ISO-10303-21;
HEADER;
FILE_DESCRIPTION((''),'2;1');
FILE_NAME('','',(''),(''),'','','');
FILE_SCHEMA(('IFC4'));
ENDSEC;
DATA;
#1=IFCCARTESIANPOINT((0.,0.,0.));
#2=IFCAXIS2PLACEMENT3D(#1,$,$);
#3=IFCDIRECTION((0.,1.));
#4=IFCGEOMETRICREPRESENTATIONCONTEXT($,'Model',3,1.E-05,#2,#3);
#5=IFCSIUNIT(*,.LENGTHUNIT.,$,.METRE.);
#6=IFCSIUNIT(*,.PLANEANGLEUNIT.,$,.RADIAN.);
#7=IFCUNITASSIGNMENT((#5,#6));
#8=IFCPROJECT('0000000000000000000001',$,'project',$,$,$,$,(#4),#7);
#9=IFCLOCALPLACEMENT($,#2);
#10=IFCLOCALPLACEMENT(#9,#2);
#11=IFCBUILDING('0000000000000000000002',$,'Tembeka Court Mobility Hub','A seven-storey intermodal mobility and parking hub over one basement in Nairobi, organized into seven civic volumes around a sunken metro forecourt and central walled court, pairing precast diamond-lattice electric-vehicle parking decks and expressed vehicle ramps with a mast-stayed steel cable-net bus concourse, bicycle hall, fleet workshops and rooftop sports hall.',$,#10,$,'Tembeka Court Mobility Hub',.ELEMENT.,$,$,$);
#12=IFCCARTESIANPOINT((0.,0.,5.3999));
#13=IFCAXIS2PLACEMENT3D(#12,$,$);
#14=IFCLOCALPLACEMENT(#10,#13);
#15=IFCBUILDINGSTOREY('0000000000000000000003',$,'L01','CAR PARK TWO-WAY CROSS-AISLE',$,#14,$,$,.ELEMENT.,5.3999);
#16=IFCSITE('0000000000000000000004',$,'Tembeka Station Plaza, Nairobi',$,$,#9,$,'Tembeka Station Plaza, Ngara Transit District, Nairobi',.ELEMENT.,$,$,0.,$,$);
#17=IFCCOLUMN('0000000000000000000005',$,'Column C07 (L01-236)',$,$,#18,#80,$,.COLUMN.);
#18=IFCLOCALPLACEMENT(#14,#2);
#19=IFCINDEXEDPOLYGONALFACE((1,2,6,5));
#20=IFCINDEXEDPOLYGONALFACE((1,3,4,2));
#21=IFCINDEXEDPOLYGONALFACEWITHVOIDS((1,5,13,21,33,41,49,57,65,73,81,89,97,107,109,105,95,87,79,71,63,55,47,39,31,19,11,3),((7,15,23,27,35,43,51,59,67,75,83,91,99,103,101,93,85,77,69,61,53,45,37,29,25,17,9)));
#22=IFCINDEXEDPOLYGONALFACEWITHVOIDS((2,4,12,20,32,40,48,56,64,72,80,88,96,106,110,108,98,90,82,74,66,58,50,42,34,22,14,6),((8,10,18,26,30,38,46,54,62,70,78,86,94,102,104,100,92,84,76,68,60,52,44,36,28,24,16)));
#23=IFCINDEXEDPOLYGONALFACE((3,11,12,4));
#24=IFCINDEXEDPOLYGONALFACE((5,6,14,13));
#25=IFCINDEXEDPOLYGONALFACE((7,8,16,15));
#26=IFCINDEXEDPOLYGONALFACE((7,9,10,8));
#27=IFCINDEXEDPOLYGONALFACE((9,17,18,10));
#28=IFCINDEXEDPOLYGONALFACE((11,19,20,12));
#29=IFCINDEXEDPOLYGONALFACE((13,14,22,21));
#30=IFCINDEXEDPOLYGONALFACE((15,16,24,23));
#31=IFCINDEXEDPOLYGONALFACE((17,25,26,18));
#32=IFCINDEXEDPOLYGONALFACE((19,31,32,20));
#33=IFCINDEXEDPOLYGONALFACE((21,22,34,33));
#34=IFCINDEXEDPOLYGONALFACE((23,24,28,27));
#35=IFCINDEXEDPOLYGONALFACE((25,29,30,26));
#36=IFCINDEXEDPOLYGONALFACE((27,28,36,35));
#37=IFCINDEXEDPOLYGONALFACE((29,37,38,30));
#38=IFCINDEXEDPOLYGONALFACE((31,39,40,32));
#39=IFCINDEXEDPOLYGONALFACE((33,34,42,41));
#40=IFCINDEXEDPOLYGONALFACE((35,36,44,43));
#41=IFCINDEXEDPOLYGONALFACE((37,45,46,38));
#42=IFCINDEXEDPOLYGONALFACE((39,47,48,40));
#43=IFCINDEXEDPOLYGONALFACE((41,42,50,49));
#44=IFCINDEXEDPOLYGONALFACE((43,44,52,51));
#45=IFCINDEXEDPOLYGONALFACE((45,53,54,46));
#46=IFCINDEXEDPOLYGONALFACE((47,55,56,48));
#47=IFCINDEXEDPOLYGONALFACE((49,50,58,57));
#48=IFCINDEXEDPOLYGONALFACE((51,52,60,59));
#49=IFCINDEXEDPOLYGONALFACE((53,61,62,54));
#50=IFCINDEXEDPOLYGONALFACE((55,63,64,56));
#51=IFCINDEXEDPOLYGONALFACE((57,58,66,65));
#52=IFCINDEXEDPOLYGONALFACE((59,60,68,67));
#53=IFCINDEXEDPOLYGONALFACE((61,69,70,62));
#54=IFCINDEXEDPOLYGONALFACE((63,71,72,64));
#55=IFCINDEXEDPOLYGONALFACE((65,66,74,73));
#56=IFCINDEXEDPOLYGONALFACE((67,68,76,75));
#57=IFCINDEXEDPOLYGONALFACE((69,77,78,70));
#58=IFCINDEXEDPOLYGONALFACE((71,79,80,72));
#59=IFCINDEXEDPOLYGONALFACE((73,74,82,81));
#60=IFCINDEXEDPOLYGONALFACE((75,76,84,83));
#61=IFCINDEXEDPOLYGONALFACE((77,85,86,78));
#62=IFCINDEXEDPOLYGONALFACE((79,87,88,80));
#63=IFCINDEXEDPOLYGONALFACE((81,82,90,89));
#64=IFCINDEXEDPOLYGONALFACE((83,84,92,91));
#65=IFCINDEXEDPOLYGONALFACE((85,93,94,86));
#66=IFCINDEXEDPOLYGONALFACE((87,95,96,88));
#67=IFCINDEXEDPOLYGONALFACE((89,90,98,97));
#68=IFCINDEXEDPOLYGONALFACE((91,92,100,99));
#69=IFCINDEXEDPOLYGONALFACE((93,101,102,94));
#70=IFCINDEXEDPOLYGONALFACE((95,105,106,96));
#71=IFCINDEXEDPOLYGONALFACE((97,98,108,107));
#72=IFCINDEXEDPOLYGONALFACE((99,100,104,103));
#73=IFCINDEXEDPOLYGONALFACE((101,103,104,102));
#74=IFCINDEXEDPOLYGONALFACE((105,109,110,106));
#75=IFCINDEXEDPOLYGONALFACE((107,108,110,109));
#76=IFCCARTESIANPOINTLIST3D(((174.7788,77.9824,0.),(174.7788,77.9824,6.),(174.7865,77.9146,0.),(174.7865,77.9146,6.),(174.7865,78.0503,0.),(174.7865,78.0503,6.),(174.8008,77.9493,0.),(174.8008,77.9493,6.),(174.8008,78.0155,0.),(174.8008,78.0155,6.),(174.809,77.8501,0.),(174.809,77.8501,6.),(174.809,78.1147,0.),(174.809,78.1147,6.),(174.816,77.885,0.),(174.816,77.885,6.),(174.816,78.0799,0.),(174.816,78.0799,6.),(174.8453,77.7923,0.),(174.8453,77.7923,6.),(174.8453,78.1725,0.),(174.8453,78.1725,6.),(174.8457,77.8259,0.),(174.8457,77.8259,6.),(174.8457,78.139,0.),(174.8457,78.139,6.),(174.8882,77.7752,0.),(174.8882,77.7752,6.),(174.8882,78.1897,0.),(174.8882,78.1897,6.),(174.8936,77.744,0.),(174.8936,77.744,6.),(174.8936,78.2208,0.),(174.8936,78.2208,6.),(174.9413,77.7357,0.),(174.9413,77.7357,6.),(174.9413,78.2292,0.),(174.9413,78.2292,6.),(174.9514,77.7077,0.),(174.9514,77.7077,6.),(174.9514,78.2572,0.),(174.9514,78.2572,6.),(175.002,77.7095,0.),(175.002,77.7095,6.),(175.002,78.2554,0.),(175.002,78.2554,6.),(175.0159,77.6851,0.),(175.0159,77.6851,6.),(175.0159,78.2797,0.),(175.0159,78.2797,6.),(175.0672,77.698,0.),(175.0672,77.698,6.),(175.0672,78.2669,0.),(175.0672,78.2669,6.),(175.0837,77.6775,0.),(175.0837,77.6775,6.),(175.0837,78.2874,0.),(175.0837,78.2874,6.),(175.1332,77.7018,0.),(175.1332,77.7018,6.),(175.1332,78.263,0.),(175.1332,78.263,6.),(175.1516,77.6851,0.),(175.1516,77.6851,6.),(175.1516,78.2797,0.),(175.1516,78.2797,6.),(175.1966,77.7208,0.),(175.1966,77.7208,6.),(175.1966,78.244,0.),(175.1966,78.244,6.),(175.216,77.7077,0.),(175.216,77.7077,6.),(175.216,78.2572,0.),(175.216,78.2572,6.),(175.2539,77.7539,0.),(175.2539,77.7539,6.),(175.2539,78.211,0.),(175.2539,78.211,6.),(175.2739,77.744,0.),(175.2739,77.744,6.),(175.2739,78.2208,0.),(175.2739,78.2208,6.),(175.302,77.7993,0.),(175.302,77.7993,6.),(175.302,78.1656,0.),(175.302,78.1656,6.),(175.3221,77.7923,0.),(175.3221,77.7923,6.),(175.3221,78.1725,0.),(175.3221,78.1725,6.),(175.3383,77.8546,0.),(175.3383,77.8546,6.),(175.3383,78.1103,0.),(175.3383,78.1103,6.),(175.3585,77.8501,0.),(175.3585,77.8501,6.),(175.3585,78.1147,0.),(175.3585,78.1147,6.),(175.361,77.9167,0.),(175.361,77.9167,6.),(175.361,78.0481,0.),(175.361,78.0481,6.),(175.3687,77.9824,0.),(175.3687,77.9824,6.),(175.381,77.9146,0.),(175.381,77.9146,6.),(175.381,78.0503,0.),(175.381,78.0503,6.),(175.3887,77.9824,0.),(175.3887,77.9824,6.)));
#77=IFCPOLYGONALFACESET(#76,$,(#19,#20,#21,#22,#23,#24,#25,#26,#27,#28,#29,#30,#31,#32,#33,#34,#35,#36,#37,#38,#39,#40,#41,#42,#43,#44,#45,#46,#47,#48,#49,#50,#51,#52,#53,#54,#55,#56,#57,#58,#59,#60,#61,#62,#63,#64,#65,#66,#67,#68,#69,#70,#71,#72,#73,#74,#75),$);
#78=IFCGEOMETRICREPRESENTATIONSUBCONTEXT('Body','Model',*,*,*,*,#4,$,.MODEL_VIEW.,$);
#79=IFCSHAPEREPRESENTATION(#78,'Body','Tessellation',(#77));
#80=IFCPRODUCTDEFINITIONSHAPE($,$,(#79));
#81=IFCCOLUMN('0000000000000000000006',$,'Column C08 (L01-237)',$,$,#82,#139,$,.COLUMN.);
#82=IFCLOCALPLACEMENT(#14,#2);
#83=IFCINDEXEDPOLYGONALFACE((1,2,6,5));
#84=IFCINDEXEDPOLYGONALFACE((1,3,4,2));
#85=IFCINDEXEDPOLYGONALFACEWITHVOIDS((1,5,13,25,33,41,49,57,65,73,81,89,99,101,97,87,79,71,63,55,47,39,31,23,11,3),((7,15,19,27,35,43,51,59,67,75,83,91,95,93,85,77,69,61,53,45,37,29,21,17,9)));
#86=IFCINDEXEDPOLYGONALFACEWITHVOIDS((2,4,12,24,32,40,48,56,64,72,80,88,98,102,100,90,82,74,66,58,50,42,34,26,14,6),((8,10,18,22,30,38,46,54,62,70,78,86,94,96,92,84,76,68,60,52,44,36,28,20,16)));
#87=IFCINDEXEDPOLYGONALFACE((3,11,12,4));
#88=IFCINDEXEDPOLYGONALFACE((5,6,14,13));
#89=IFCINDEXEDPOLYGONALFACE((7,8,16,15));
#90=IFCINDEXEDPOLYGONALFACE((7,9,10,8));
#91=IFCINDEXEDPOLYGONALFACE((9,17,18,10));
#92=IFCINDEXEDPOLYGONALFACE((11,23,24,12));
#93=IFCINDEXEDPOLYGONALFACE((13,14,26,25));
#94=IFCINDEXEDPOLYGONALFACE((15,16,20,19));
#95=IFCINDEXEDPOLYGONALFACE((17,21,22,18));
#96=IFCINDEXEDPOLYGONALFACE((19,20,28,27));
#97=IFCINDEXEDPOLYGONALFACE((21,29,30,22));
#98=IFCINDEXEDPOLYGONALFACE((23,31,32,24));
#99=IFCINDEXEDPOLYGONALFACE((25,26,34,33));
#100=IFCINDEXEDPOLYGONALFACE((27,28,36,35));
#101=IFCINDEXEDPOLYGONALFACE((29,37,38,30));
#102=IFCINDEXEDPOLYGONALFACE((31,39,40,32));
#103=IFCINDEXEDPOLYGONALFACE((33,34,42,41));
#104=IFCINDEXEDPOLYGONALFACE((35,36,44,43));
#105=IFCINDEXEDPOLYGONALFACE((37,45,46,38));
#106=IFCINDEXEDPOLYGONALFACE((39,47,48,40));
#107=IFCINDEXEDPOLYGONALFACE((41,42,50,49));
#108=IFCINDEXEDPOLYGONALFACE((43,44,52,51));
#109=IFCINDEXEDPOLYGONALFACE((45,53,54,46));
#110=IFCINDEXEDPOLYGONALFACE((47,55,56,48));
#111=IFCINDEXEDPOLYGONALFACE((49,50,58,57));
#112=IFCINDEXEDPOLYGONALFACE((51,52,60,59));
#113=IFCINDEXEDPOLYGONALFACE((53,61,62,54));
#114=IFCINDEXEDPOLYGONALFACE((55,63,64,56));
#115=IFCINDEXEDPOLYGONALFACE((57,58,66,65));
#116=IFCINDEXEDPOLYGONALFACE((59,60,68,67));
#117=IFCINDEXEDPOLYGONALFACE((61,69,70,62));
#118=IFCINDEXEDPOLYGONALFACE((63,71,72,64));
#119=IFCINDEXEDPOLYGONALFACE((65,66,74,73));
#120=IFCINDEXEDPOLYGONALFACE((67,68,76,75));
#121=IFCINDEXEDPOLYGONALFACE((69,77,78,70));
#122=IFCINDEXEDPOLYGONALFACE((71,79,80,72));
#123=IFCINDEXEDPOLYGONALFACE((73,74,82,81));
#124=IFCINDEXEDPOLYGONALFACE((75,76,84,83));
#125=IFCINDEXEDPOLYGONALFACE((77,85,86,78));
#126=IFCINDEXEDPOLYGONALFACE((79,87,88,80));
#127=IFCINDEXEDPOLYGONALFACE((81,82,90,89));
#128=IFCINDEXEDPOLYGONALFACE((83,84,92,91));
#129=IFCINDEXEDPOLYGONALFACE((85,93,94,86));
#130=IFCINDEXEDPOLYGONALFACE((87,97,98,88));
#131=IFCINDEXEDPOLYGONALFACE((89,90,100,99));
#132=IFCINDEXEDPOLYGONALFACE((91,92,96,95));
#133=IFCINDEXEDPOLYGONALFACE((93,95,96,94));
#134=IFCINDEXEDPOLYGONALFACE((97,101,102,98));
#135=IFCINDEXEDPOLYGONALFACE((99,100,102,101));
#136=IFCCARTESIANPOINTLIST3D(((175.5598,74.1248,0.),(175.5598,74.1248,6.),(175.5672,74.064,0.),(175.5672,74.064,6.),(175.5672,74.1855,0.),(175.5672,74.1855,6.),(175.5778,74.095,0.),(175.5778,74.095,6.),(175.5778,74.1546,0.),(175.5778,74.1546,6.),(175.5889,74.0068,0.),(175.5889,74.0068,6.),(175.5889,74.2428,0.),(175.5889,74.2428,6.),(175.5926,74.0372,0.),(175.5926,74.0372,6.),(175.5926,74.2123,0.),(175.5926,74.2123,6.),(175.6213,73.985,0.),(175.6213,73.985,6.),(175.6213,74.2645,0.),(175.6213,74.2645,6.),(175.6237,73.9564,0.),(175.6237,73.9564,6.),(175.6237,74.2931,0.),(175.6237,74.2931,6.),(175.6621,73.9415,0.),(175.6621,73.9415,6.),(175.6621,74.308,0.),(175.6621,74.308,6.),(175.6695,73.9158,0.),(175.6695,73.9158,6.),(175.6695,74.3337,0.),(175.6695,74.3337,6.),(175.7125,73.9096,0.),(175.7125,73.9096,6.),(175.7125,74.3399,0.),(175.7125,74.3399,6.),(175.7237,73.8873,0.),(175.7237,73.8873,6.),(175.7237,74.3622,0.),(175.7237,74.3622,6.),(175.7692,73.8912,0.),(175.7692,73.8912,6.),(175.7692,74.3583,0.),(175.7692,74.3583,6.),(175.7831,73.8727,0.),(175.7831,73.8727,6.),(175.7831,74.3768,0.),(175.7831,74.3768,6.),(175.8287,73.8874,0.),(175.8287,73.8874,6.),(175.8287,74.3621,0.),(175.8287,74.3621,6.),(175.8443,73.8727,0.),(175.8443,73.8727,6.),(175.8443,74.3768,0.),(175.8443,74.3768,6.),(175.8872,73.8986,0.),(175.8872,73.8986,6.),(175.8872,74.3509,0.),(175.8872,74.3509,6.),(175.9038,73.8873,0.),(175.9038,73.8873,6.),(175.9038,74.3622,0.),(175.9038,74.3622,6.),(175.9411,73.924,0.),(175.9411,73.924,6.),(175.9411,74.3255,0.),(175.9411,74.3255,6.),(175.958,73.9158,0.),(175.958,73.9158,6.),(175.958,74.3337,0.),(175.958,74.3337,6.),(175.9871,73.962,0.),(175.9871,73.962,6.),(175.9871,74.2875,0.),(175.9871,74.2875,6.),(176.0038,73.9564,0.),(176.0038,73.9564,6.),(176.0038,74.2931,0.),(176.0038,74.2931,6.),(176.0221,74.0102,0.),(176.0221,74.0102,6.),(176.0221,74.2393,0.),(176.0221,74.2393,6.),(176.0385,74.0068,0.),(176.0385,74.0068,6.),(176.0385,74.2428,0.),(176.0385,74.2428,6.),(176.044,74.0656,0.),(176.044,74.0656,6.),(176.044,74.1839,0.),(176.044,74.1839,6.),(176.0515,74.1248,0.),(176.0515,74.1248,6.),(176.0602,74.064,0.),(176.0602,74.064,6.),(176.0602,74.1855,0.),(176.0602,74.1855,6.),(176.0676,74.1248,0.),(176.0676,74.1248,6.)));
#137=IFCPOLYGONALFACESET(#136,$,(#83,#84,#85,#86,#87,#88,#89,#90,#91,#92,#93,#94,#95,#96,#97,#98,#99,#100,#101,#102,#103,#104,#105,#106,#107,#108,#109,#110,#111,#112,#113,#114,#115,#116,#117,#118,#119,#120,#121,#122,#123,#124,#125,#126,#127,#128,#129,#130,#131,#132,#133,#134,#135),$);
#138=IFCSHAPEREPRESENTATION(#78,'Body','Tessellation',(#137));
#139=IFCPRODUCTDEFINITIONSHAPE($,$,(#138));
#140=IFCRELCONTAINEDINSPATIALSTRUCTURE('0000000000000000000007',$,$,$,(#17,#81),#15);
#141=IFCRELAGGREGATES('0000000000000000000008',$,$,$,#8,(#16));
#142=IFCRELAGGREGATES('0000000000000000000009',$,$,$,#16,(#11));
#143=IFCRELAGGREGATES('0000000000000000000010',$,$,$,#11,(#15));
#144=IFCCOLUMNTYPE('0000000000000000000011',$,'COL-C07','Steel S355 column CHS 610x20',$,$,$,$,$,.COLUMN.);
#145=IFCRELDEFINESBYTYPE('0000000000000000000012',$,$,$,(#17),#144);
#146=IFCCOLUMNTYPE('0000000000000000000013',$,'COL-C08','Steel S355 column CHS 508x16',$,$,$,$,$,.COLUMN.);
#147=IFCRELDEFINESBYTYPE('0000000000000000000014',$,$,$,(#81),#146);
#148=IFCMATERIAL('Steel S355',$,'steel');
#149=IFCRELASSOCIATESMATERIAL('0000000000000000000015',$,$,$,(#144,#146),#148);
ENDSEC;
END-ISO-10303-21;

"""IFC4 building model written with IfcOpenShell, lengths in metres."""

from ifc_helpers import new_model, si_unit, direction, frame, origin, origin_2d, place, context, subcontext, project, spatial, hollow_circle, extrude, material, material_profile, profile_set, type_object, element, save


model = new_model("IFC4")

# Units and contexts
model_context = context("Model", 3, precision=1e-05, world=origin(), true_north=direction((0.0, 1.0)))
body_context = subcontext(model_context, "Body", "Model", "MODEL_VIEW")
ifc_project = project(units=[si_unit("LENGTHUNIT", "METRE"), si_unit("PLANEANGLEUNIT", "RADIAN")], contexts=[model_context])

# Site, building, storey
site_placement = place(None, origin())
site = spatial("IfcSite", under=ifc_project, at=site_placement, Name="Tembeka Station Plaza, Nairobi", LongName="Tembeka Station Plaza, Ngara Transit District, Nairobi", CompositionType="ELEMENT", RefElevation=0.0)
building_placement = place(site_placement, origin())
building = spatial("IfcBuilding", under=site, at=building_placement, Name="Tembeka Court Mobility Hub", Description="A seven-storey intermodal mobility and parking hub over one basement in Nairobi, organized into seven civic volumes around a sunken metro forecourt and central walled court, pairing precast diamond-lattice electric-vehicle parking decks and expressed vehicle ramps with a mast-stayed steel cable-net bus concourse, bicycle hall, fleet workshops and rooftop sports hall.", LongName="Tembeka Court Mobility Hub", CompositionType="ELEMENT")
storey_placement = place(building_placement, frame((0.0, 0.0, 5.3999)))
storey = spatial("IfcBuildingStorey", under=building, at=storey_placement, Name="L01", Description="CAR PARK TWO-WAY CROSS-AISLE", CompositionType="ELEMENT", Elevation=5.3999)

# Columns
ifc_material_1 = material(Name="Steel S355", Category="steel")
ifc_material_profile_1 = material_profile(ifc_material_1, hollow_circle(Radius=0.3049, WallThickness=0.02, at=origin_2d()), Name="CHS 610x20")
ifc_profile_set_1 = profile_set([ifc_material_profile_1], Name="Steel S355")
column_type_1 = type_object("IfcColumnType", Name="COL-C07", Description="Steel S355 column CHS 610x20", PredefinedType="COLUMN", material=ifc_profile_set_1)
column_1_placement = place(storey_placement, frame((175.0837, 77.9824, 0.0), z_axis=(0.0, 0.0, 1.0), x_axis=(1.0, 0.0, 0.0)))
element("IfcColumn", 1, at=column_1_placement, inside=storey, type_object=column_type_1, Name="Column C07 (L01-236)", PredefinedType="COLUMN", context=body_context, shape_type="SweptSolid", body=[
    extrude(hollow_circle(Radius=0.3049, WallThickness=0.02, at=origin_2d()), origin(), (0.0, 0.0, 1.0), 6.0),
])
ifc_material_profile_2 = material_profile(ifc_material_1, hollow_circle(Radius=0.2539, WallThickness=0.0161, at=origin_2d()), Name="CHS 508x16")
ifc_profile_set_2 = profile_set([ifc_material_profile_2], Name="Steel S355")
column_type_2 = type_object("IfcColumnType", Name="COL-C08", Description="Steel S355 column CHS 508x16", PredefinedType="COLUMN", material=ifc_profile_set_2)
column_2_placement = place(storey_placement, frame((175.8137, 74.1248, 0.0), z_axis=(0.0, 0.0, 1.0), x_axis=(1.0, 0.0, 0.0)))
element("IfcColumn", 2, at=column_2_placement, inside=storey, type_object=column_type_2, Name="Column C08 (L01-237)", PredefinedType="COLUMN", context=body_context, shape_type="SweptSolid", body=[
    extrude(hollow_circle(Radius=0.2539, WallThickness=0.0161, at=origin_2d()), origin(), (0.0, 0.0, 1.0), 6.0),
])

save(model, "model.ifc")
